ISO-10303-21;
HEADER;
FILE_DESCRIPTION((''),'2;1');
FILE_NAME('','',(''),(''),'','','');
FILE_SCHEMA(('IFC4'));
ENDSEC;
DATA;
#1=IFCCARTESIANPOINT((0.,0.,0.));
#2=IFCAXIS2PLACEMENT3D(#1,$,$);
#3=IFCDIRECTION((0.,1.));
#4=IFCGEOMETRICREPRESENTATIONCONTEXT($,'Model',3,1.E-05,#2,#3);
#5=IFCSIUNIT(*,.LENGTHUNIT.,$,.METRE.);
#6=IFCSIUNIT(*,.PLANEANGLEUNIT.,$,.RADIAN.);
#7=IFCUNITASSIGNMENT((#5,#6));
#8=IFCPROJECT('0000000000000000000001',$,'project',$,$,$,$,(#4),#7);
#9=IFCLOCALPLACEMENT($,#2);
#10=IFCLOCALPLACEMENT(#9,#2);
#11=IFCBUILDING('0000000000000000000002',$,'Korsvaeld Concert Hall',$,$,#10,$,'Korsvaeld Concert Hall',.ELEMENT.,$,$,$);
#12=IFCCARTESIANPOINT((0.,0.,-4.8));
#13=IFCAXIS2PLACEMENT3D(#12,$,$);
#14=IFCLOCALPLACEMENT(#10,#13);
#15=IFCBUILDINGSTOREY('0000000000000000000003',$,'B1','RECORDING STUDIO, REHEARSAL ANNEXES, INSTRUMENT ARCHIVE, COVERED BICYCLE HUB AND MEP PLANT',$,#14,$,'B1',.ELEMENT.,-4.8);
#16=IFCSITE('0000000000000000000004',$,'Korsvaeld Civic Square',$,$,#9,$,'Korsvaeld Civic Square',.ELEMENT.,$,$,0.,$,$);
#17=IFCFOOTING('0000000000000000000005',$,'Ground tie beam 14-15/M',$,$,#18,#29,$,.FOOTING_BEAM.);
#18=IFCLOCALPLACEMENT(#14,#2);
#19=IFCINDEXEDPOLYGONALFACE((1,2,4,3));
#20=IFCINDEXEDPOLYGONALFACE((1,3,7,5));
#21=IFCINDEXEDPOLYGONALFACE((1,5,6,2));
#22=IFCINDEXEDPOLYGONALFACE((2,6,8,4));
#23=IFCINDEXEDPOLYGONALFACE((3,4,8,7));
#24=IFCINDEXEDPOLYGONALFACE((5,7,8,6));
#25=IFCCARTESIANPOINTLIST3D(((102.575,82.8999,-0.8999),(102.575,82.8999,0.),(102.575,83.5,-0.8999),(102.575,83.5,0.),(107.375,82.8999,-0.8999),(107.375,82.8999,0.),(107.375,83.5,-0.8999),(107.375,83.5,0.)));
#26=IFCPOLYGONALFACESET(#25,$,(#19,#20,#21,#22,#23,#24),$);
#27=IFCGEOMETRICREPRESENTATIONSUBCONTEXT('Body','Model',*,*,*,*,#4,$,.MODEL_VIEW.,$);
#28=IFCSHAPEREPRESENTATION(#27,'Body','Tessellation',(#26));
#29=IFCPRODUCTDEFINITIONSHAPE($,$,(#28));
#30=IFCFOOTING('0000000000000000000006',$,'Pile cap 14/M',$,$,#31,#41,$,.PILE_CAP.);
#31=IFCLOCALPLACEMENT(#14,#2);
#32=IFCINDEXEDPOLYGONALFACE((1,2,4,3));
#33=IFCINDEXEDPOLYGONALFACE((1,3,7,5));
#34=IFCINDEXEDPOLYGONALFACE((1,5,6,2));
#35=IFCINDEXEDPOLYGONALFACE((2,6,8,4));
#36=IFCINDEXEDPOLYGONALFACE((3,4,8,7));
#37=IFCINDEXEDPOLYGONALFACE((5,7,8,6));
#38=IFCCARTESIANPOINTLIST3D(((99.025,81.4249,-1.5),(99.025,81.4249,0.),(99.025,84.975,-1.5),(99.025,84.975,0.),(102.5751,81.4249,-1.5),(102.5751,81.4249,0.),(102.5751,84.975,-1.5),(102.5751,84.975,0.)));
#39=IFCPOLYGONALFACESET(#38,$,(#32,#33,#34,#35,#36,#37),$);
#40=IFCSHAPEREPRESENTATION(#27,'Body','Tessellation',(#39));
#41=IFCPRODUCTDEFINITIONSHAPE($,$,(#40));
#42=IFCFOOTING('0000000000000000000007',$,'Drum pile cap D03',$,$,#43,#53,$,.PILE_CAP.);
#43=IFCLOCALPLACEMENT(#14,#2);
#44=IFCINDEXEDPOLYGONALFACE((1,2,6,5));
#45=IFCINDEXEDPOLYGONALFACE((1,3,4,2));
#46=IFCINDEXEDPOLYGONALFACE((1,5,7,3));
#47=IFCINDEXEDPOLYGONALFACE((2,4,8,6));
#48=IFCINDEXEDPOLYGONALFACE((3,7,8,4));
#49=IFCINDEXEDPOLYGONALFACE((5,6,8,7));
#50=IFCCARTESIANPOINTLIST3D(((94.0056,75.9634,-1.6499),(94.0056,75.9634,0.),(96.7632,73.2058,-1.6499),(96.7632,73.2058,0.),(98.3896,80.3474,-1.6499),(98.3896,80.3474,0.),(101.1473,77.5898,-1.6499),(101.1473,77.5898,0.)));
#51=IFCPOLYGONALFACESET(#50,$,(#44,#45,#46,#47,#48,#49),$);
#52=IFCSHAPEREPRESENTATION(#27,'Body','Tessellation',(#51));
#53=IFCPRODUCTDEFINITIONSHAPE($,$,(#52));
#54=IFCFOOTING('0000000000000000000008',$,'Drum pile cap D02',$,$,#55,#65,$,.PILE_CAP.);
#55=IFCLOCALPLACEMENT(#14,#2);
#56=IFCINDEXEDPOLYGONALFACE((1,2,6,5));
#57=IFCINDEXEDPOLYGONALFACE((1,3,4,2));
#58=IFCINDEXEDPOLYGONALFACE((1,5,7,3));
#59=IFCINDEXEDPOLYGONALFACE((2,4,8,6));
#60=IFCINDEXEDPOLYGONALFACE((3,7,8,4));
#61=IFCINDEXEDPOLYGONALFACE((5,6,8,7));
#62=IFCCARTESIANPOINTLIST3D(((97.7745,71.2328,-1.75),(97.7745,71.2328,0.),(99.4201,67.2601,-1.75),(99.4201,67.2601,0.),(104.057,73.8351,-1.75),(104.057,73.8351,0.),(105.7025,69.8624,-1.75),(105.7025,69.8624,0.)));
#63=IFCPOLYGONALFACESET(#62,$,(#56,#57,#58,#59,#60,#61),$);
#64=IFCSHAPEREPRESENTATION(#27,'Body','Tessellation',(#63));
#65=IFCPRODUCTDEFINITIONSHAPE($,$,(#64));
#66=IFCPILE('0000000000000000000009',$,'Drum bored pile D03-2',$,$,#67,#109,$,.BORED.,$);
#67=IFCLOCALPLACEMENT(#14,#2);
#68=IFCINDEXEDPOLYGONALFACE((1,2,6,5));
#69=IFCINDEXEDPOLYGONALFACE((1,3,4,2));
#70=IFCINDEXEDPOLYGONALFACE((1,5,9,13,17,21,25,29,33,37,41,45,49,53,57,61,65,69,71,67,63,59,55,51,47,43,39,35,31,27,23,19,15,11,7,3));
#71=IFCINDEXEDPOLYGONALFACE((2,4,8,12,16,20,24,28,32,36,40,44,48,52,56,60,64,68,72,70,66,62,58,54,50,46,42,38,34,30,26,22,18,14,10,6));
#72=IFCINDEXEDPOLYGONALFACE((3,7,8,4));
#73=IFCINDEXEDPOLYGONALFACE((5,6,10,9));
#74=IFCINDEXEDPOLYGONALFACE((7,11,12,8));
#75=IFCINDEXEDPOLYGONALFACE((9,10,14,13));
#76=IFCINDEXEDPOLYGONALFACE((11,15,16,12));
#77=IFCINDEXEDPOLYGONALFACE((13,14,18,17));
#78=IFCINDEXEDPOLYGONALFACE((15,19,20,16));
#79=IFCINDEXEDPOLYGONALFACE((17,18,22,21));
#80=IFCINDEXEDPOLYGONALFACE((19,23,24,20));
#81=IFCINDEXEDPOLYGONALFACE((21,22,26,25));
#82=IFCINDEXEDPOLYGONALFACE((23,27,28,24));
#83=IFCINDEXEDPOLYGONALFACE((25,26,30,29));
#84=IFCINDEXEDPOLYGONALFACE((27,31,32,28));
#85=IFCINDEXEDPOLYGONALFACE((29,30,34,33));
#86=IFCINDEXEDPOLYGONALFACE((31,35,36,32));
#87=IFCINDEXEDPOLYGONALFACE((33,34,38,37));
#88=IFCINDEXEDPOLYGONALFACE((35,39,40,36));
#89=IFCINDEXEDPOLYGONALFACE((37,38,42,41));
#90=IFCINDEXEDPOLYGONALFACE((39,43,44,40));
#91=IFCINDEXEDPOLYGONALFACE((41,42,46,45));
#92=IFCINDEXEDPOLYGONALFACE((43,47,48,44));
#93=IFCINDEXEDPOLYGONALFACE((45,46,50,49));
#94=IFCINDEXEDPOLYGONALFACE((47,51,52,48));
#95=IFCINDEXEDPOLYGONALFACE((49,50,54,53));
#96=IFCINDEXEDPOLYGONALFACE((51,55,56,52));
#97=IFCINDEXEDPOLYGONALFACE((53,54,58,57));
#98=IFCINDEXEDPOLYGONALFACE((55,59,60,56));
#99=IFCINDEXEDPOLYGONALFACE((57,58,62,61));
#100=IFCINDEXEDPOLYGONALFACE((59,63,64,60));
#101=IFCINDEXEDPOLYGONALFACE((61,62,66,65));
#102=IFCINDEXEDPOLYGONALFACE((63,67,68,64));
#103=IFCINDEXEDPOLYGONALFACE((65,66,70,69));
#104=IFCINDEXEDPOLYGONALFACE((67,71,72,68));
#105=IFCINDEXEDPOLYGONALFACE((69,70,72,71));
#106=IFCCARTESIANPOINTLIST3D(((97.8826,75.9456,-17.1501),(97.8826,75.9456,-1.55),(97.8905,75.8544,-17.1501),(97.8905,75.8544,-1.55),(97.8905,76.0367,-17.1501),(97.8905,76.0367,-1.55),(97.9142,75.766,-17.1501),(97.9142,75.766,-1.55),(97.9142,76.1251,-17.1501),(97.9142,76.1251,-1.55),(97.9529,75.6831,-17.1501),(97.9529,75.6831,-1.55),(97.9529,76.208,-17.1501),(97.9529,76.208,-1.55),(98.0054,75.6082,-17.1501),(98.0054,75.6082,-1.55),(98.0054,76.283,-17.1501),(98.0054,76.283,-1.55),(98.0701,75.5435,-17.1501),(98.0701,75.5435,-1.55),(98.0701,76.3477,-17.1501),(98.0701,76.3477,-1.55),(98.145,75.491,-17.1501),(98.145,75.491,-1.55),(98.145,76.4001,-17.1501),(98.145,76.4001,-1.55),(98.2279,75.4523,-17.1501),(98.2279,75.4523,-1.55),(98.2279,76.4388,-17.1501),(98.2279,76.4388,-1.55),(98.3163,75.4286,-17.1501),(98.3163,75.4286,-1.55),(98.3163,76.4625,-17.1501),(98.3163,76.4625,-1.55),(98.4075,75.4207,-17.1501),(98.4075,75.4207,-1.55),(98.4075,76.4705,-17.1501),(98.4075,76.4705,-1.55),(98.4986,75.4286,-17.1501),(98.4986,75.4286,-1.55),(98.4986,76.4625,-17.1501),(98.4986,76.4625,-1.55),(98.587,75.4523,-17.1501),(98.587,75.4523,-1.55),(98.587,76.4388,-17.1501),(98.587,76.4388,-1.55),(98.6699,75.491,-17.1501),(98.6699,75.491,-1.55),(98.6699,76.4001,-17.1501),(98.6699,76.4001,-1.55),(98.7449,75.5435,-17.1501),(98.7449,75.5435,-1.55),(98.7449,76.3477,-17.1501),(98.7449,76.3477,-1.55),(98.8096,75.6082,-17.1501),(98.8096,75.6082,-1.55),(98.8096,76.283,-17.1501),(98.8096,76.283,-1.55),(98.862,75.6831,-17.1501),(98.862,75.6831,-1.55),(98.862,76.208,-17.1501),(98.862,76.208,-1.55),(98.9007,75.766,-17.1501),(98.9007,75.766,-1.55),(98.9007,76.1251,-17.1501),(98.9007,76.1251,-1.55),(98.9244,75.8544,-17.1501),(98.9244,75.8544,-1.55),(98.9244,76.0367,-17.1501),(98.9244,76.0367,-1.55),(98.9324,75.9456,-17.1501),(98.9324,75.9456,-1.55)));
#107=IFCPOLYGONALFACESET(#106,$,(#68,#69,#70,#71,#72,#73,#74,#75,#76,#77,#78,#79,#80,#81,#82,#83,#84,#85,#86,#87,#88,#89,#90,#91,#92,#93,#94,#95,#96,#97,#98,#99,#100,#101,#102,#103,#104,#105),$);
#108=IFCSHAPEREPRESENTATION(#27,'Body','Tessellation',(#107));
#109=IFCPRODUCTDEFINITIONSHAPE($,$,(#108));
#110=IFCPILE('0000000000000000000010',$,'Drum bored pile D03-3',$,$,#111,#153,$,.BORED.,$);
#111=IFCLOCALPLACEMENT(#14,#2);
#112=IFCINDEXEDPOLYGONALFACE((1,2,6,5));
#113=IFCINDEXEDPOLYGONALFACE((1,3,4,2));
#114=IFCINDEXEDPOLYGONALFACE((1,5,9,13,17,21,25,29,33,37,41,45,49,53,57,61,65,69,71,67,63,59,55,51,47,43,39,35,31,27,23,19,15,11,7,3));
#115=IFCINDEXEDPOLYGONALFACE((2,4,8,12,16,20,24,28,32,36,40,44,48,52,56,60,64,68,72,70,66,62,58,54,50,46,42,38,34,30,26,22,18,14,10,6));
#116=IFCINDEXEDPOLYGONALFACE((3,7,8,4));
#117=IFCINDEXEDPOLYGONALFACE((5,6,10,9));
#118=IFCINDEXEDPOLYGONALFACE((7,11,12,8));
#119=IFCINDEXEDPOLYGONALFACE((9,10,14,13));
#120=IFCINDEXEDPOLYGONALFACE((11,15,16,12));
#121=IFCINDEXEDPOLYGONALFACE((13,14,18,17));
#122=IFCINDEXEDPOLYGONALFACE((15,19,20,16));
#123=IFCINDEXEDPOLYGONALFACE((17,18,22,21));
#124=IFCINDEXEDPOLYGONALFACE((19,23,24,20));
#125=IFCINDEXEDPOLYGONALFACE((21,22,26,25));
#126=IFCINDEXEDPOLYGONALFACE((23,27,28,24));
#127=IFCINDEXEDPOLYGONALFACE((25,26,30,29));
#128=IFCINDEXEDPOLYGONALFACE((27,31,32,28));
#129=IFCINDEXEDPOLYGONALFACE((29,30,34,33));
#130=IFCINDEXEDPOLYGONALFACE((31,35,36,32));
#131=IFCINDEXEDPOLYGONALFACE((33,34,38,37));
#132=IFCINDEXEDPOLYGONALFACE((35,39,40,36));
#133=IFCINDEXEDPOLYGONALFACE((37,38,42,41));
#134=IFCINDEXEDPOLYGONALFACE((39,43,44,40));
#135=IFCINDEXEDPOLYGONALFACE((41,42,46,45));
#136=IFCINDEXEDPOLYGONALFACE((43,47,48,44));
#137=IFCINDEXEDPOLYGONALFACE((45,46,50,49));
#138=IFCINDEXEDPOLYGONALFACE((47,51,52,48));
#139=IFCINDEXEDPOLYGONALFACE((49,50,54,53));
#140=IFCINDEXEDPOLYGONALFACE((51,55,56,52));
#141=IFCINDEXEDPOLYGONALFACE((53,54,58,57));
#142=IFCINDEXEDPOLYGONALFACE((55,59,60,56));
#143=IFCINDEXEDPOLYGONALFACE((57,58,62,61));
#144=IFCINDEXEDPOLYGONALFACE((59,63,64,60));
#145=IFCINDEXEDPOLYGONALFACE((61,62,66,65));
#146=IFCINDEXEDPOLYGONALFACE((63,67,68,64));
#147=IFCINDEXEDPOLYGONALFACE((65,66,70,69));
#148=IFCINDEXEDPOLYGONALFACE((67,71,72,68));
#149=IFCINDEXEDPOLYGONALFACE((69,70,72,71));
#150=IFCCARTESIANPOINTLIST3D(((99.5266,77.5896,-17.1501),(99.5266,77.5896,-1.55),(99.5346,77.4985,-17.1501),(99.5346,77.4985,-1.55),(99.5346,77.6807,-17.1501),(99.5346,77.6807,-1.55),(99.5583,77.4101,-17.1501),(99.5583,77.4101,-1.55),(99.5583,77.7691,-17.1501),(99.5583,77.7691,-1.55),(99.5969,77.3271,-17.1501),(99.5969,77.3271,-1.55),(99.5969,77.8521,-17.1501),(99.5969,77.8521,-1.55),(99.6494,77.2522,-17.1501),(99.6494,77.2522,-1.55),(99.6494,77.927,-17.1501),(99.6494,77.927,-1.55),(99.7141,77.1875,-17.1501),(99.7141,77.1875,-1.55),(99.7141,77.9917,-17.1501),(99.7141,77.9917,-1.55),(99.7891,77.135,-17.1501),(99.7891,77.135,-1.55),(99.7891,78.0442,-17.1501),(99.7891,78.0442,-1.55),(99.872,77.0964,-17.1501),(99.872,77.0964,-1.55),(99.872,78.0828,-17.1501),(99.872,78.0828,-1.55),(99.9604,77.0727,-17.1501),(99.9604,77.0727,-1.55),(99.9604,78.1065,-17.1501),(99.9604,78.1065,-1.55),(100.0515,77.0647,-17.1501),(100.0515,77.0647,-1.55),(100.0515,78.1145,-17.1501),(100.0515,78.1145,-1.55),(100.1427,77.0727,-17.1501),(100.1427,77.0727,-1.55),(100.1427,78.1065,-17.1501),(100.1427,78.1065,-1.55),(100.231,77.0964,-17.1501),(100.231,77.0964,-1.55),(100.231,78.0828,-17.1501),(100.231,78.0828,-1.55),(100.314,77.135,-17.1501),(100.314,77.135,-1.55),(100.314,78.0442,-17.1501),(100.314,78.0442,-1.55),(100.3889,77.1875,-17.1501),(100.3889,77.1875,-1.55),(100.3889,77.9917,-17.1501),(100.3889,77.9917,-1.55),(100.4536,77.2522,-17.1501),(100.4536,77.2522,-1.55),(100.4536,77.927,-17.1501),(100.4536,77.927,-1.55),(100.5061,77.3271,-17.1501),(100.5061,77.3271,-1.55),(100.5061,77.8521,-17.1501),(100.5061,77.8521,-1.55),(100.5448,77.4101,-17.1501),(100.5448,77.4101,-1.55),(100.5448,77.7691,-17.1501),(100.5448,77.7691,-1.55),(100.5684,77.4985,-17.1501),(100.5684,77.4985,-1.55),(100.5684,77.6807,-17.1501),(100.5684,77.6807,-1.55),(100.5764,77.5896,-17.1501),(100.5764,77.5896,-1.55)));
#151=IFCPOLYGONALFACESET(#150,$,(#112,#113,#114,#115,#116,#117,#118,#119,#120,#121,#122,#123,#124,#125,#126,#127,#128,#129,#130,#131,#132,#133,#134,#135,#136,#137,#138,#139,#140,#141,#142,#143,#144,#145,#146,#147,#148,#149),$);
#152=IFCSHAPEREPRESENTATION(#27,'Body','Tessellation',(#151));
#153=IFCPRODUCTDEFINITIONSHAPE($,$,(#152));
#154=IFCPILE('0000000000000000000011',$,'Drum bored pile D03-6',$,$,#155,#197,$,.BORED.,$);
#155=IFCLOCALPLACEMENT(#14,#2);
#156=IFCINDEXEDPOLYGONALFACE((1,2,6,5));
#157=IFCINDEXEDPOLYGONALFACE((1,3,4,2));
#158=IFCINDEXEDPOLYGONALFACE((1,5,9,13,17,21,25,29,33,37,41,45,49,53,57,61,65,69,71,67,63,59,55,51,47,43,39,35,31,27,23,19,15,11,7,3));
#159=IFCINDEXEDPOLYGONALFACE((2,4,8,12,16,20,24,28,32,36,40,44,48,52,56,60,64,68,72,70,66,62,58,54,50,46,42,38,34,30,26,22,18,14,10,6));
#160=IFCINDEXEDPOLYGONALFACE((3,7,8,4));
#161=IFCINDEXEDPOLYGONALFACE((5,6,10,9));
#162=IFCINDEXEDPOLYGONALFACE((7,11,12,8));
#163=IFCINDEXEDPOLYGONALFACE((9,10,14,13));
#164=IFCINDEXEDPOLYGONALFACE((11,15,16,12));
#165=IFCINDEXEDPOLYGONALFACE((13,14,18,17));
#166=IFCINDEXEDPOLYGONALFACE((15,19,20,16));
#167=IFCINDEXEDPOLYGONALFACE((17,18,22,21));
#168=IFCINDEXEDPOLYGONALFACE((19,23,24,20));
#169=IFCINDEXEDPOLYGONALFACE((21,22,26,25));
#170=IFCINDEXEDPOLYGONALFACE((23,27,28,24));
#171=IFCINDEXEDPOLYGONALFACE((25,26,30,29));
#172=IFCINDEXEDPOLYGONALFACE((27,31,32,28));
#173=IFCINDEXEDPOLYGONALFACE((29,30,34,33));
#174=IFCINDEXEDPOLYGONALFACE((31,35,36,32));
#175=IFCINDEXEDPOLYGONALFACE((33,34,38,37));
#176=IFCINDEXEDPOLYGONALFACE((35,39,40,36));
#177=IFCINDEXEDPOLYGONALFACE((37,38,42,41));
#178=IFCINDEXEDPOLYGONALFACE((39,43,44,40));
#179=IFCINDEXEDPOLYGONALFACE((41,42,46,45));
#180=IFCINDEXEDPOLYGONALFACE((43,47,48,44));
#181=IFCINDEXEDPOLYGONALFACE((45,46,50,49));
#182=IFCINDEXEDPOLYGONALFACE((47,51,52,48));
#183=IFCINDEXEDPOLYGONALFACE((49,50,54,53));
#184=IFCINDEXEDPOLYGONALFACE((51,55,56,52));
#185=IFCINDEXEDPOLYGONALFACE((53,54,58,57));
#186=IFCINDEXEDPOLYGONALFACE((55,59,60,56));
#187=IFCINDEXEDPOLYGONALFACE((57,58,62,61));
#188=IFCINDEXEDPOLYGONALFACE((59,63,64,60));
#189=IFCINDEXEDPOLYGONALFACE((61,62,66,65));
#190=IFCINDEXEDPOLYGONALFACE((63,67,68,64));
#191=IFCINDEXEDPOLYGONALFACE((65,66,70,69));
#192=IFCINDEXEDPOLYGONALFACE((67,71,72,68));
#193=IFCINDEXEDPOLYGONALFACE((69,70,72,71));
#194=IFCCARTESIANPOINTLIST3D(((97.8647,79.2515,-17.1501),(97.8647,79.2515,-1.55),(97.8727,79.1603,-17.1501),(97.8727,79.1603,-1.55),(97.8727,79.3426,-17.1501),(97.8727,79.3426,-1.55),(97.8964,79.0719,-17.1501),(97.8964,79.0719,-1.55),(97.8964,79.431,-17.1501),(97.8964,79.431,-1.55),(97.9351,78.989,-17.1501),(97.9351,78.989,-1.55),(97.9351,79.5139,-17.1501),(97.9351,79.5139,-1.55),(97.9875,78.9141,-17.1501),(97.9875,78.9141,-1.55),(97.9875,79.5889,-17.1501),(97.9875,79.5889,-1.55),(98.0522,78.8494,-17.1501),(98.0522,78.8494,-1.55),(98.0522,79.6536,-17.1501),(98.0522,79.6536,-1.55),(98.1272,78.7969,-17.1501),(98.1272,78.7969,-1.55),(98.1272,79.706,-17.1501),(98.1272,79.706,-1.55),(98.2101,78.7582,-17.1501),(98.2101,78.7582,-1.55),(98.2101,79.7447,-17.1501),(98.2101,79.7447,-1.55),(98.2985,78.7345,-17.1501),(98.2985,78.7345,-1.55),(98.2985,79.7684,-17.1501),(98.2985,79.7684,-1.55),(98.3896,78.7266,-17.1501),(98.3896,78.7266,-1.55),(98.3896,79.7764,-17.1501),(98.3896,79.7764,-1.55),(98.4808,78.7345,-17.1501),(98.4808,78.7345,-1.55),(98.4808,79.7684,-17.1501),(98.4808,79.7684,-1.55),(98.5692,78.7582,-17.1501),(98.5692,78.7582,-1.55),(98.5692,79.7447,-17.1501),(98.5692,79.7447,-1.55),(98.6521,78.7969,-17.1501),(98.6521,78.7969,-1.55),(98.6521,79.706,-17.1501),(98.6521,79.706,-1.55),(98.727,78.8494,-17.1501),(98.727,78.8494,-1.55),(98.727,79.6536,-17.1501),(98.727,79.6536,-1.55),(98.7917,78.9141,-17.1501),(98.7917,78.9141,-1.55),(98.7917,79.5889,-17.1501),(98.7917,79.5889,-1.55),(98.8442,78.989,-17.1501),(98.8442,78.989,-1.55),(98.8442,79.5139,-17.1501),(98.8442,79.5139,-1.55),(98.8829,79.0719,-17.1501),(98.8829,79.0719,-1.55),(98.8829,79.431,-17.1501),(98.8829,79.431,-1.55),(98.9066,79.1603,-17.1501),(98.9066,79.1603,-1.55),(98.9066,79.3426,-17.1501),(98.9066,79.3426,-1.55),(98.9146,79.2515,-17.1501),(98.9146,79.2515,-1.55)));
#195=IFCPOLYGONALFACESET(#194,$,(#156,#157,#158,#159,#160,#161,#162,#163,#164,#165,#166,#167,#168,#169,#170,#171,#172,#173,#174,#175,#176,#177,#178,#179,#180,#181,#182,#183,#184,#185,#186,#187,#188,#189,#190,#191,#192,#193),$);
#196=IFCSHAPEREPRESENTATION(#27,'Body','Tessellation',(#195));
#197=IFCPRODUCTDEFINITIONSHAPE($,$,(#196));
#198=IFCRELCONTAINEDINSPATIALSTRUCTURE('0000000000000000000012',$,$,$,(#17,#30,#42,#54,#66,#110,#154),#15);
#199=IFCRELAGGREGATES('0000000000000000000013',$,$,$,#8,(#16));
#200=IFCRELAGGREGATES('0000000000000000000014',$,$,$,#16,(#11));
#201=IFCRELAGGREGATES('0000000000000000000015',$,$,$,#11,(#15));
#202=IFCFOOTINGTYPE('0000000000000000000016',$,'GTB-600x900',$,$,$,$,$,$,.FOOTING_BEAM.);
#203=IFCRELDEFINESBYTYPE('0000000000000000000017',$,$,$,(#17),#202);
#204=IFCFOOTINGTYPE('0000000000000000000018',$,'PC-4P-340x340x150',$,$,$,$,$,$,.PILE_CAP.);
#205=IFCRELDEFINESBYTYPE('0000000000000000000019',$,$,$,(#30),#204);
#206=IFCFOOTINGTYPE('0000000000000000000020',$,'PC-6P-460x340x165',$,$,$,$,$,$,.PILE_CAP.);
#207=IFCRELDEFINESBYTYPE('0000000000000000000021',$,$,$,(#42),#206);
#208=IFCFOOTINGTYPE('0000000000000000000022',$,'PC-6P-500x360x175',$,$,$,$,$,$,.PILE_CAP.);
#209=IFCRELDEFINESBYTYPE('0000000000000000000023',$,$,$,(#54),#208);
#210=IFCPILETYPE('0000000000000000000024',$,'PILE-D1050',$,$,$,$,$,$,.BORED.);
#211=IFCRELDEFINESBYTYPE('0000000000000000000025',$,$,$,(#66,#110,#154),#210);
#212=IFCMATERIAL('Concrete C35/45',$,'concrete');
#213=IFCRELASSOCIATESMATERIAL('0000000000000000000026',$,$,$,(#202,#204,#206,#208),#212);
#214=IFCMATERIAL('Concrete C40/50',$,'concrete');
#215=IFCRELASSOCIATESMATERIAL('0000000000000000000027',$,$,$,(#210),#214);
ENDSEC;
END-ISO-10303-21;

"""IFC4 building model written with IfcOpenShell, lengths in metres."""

from ifc_helpers import new_model, si_unit, direction, frame, origin, origin_2d, place, context, subcontext, project, spatial, rectangle, circle, extrude, material, material_profile, profile_set, type_object, element, save


model = new_model("IFC4")

# Units and contexts
model_context = context("Model", 3, precision=1e-05, world=origin(), true_north=direction((0.0, 1.0)))
body_context = subcontext(model_context, "Body", "Model", "MODEL_VIEW")
ifc_project = project(units=[si_unit("LENGTHUNIT", "METRE"), si_unit("PLANEANGLEUNIT", "RADIAN")], contexts=[model_context])

# Site, building, storey
site_placement = place(None, origin())
site = spatial("IfcSite", under=ifc_project, at=site_placement, Name="Korsvaeld Civic Square", LongName="Korsvaeld Civic Square", CompositionType="ELEMENT", RefElevation=0.0)
building_placement = place(site_placement, origin())
building = spatial("IfcBuilding", under=site, at=building_placement, Name="Korsvaeld Concert Hall", LongName="Korsvaeld Concert Hall", CompositionType="ELEMENT")
storey_placement = place(building_placement, frame((0.0, 0.0, -4.8)))
storey = spatial("IfcBuildingStorey", under=building, at=storey_placement, Name="B1", Description="RECORDING STUDIO, REHEARSAL ANNEXES, INSTRUMENT ARCHIVE, COVERED BICYCLE HUB AND MEP PLANT", LongName="B1", CompositionType="ELEMENT", Elevation=-4.8)

# Footings
ifc_material_1 = material(Name="Concrete C35/45", Category="concrete")
ifc_material_profile_1 = material_profile(ifc_material_1, rectangle(XDim=0.6001, YDim=0.8999, at=origin_2d()), Name="GTB 600x900")
ifc_profile_set_1 = profile_set([ifc_material_profile_1], Name="Concrete C35/45")
footing_type_1 = type_object("IfcFootingType", Name="GTB-600x900", PredefinedType="FOOTING_BEAM", material=ifc_profile_set_1)
footing_1_placement = place(storey_placement, frame((102.575, 83.2, -0.45), z_axis=(1.0, 0.0, 0.0), x_axis=(0.0, 1.0, 0.0)))
element("IfcFooting", 1, at=footing_1_placement, inside=storey, type_object=footing_type_1, Name="Ground tie beam 14-15/M", PredefinedType="FOOTING_BEAM", context=body_context, shape_type="SweptSolid", body=[
    extrude(rectangle(XDim=0.6001, YDim=0.8999, at=origin_2d()), origin(), (0.0, 0.0, 1.0), 4.8),
])
footing_type_2 = type_object("IfcFootingType", Name="PC-4P-340x340x150", PredefinedType="PILE_CAP", material=ifc_material_1)
footing_2_placement = place(storey_placement, frame((100.8, 83.2, -1.5), z_axis=(0.0, 0.0, 1.0), x_axis=(1.0, 0.0, 0.0)))
element("IfcFooting", 2, at=footing_2_placement, inside=storey, type_object=footing_type_2, Name="Pile cap 14/M", PredefinedType="PILE_CAP", context=body_context, shape_type="SweptSolid", body=[
    extrude(rectangle(XDim=3.55, YDim=3.55, at=origin_2d()), origin(), (0.0, 0.0, 1.0), 1.5),
])
footing_type_3 = type_object("IfcFootingType", Name="PC-6P-460x340x165", PredefinedType="PILE_CAP", material=ifc_material_1)
footing_3_placement = place(storey_placement, frame((97.5764, 76.7766, -1.6499), z_axis=(0.0, 0.0, 1.0), x_axis=(0.707107, 0.707107, 0.0)))
element("IfcFooting", 3, at=footing_3_placement, inside=storey, type_object=footing_type_3, Name="Drum pile cap D03", PredefinedType="PILE_CAP", context=body_context, shape_type="SweptSolid", body=[
    extrude(rectangle(XDim=6.2, YDim=3.8999, at=origin_2d()), origin(), (0.0, 0.0, 1.0), 1.6499),
])
footing_type_4 = type_object("IfcFootingType", Name="PC-6P-500x360x175", PredefinedType="PILE_CAP", material=ifc_material_1)
footing_4_placement = place(storey_placement, frame((101.7385, 70.5476, -1.75), z_axis=(0.0, 0.0, 1.0), x_axis=(0.92388, 0.382683, 0.0)))
element("IfcFooting", 4, at=footing_4_placement, inside=storey, type_object=footing_type_4, Name="Drum pile cap D02", PredefinedType="PILE_CAP", context=body_context, shape_type="SweptSolid", body=[
    extrude(rectangle(XDim=6.8, YDim=4.3, at=origin_2d()), origin(), (0.0, 0.0, 1.0), 1.75),
])

# Piles
ifc_material_2 = material(Name="Concrete C40/50", Category="concrete")
ifc_material_profile_2 = material_profile(ifc_material_2, circle(Radius=0.5249, at=origin_2d()), Name="BORED PILE D1050")
ifc_profile_set_2 = profile_set([ifc_material_profile_2], Name="Concrete C40/50")
pile_type_1 = type_object("IfcPileType", Name="PILE-D1050", PredefinedType="BORED", material=ifc_profile_set_2)
for number, where, z_axis, x_axis, name in (
    (5, (98.4075, 75.9456, -1.55), (0.0, 0.0, -1.0), (1.0, 0.0, 0.0), "Drum bored pile D03-2"),
    (6, (100.0515, 77.5896, -1.55), (0.0, 0.0, -1.0), (1.0, 0.0, 0.0), "Drum bored pile D03-3"),
    (7, (98.3896, 79.2515, -1.55), (0.0, 0.0, -1.0), (1.0, 0.0, 0.0), "Drum bored pile D03-6"),
):
    element("IfcPile", number, at=place(storey_placement, frame(where, z_axis=z_axis, x_axis=x_axis)), inside=storey, type_object=pile_type_1, Name=name, PredefinedType="BORED", context=body_context, shape_type="SweptSolid", body=[
        extrude(circle(Radius=0.5249, at=origin_2d()), origin(), (0.0, 0.0, 1.0), 15.6001),
    ])

save(model, "model.ifc")
